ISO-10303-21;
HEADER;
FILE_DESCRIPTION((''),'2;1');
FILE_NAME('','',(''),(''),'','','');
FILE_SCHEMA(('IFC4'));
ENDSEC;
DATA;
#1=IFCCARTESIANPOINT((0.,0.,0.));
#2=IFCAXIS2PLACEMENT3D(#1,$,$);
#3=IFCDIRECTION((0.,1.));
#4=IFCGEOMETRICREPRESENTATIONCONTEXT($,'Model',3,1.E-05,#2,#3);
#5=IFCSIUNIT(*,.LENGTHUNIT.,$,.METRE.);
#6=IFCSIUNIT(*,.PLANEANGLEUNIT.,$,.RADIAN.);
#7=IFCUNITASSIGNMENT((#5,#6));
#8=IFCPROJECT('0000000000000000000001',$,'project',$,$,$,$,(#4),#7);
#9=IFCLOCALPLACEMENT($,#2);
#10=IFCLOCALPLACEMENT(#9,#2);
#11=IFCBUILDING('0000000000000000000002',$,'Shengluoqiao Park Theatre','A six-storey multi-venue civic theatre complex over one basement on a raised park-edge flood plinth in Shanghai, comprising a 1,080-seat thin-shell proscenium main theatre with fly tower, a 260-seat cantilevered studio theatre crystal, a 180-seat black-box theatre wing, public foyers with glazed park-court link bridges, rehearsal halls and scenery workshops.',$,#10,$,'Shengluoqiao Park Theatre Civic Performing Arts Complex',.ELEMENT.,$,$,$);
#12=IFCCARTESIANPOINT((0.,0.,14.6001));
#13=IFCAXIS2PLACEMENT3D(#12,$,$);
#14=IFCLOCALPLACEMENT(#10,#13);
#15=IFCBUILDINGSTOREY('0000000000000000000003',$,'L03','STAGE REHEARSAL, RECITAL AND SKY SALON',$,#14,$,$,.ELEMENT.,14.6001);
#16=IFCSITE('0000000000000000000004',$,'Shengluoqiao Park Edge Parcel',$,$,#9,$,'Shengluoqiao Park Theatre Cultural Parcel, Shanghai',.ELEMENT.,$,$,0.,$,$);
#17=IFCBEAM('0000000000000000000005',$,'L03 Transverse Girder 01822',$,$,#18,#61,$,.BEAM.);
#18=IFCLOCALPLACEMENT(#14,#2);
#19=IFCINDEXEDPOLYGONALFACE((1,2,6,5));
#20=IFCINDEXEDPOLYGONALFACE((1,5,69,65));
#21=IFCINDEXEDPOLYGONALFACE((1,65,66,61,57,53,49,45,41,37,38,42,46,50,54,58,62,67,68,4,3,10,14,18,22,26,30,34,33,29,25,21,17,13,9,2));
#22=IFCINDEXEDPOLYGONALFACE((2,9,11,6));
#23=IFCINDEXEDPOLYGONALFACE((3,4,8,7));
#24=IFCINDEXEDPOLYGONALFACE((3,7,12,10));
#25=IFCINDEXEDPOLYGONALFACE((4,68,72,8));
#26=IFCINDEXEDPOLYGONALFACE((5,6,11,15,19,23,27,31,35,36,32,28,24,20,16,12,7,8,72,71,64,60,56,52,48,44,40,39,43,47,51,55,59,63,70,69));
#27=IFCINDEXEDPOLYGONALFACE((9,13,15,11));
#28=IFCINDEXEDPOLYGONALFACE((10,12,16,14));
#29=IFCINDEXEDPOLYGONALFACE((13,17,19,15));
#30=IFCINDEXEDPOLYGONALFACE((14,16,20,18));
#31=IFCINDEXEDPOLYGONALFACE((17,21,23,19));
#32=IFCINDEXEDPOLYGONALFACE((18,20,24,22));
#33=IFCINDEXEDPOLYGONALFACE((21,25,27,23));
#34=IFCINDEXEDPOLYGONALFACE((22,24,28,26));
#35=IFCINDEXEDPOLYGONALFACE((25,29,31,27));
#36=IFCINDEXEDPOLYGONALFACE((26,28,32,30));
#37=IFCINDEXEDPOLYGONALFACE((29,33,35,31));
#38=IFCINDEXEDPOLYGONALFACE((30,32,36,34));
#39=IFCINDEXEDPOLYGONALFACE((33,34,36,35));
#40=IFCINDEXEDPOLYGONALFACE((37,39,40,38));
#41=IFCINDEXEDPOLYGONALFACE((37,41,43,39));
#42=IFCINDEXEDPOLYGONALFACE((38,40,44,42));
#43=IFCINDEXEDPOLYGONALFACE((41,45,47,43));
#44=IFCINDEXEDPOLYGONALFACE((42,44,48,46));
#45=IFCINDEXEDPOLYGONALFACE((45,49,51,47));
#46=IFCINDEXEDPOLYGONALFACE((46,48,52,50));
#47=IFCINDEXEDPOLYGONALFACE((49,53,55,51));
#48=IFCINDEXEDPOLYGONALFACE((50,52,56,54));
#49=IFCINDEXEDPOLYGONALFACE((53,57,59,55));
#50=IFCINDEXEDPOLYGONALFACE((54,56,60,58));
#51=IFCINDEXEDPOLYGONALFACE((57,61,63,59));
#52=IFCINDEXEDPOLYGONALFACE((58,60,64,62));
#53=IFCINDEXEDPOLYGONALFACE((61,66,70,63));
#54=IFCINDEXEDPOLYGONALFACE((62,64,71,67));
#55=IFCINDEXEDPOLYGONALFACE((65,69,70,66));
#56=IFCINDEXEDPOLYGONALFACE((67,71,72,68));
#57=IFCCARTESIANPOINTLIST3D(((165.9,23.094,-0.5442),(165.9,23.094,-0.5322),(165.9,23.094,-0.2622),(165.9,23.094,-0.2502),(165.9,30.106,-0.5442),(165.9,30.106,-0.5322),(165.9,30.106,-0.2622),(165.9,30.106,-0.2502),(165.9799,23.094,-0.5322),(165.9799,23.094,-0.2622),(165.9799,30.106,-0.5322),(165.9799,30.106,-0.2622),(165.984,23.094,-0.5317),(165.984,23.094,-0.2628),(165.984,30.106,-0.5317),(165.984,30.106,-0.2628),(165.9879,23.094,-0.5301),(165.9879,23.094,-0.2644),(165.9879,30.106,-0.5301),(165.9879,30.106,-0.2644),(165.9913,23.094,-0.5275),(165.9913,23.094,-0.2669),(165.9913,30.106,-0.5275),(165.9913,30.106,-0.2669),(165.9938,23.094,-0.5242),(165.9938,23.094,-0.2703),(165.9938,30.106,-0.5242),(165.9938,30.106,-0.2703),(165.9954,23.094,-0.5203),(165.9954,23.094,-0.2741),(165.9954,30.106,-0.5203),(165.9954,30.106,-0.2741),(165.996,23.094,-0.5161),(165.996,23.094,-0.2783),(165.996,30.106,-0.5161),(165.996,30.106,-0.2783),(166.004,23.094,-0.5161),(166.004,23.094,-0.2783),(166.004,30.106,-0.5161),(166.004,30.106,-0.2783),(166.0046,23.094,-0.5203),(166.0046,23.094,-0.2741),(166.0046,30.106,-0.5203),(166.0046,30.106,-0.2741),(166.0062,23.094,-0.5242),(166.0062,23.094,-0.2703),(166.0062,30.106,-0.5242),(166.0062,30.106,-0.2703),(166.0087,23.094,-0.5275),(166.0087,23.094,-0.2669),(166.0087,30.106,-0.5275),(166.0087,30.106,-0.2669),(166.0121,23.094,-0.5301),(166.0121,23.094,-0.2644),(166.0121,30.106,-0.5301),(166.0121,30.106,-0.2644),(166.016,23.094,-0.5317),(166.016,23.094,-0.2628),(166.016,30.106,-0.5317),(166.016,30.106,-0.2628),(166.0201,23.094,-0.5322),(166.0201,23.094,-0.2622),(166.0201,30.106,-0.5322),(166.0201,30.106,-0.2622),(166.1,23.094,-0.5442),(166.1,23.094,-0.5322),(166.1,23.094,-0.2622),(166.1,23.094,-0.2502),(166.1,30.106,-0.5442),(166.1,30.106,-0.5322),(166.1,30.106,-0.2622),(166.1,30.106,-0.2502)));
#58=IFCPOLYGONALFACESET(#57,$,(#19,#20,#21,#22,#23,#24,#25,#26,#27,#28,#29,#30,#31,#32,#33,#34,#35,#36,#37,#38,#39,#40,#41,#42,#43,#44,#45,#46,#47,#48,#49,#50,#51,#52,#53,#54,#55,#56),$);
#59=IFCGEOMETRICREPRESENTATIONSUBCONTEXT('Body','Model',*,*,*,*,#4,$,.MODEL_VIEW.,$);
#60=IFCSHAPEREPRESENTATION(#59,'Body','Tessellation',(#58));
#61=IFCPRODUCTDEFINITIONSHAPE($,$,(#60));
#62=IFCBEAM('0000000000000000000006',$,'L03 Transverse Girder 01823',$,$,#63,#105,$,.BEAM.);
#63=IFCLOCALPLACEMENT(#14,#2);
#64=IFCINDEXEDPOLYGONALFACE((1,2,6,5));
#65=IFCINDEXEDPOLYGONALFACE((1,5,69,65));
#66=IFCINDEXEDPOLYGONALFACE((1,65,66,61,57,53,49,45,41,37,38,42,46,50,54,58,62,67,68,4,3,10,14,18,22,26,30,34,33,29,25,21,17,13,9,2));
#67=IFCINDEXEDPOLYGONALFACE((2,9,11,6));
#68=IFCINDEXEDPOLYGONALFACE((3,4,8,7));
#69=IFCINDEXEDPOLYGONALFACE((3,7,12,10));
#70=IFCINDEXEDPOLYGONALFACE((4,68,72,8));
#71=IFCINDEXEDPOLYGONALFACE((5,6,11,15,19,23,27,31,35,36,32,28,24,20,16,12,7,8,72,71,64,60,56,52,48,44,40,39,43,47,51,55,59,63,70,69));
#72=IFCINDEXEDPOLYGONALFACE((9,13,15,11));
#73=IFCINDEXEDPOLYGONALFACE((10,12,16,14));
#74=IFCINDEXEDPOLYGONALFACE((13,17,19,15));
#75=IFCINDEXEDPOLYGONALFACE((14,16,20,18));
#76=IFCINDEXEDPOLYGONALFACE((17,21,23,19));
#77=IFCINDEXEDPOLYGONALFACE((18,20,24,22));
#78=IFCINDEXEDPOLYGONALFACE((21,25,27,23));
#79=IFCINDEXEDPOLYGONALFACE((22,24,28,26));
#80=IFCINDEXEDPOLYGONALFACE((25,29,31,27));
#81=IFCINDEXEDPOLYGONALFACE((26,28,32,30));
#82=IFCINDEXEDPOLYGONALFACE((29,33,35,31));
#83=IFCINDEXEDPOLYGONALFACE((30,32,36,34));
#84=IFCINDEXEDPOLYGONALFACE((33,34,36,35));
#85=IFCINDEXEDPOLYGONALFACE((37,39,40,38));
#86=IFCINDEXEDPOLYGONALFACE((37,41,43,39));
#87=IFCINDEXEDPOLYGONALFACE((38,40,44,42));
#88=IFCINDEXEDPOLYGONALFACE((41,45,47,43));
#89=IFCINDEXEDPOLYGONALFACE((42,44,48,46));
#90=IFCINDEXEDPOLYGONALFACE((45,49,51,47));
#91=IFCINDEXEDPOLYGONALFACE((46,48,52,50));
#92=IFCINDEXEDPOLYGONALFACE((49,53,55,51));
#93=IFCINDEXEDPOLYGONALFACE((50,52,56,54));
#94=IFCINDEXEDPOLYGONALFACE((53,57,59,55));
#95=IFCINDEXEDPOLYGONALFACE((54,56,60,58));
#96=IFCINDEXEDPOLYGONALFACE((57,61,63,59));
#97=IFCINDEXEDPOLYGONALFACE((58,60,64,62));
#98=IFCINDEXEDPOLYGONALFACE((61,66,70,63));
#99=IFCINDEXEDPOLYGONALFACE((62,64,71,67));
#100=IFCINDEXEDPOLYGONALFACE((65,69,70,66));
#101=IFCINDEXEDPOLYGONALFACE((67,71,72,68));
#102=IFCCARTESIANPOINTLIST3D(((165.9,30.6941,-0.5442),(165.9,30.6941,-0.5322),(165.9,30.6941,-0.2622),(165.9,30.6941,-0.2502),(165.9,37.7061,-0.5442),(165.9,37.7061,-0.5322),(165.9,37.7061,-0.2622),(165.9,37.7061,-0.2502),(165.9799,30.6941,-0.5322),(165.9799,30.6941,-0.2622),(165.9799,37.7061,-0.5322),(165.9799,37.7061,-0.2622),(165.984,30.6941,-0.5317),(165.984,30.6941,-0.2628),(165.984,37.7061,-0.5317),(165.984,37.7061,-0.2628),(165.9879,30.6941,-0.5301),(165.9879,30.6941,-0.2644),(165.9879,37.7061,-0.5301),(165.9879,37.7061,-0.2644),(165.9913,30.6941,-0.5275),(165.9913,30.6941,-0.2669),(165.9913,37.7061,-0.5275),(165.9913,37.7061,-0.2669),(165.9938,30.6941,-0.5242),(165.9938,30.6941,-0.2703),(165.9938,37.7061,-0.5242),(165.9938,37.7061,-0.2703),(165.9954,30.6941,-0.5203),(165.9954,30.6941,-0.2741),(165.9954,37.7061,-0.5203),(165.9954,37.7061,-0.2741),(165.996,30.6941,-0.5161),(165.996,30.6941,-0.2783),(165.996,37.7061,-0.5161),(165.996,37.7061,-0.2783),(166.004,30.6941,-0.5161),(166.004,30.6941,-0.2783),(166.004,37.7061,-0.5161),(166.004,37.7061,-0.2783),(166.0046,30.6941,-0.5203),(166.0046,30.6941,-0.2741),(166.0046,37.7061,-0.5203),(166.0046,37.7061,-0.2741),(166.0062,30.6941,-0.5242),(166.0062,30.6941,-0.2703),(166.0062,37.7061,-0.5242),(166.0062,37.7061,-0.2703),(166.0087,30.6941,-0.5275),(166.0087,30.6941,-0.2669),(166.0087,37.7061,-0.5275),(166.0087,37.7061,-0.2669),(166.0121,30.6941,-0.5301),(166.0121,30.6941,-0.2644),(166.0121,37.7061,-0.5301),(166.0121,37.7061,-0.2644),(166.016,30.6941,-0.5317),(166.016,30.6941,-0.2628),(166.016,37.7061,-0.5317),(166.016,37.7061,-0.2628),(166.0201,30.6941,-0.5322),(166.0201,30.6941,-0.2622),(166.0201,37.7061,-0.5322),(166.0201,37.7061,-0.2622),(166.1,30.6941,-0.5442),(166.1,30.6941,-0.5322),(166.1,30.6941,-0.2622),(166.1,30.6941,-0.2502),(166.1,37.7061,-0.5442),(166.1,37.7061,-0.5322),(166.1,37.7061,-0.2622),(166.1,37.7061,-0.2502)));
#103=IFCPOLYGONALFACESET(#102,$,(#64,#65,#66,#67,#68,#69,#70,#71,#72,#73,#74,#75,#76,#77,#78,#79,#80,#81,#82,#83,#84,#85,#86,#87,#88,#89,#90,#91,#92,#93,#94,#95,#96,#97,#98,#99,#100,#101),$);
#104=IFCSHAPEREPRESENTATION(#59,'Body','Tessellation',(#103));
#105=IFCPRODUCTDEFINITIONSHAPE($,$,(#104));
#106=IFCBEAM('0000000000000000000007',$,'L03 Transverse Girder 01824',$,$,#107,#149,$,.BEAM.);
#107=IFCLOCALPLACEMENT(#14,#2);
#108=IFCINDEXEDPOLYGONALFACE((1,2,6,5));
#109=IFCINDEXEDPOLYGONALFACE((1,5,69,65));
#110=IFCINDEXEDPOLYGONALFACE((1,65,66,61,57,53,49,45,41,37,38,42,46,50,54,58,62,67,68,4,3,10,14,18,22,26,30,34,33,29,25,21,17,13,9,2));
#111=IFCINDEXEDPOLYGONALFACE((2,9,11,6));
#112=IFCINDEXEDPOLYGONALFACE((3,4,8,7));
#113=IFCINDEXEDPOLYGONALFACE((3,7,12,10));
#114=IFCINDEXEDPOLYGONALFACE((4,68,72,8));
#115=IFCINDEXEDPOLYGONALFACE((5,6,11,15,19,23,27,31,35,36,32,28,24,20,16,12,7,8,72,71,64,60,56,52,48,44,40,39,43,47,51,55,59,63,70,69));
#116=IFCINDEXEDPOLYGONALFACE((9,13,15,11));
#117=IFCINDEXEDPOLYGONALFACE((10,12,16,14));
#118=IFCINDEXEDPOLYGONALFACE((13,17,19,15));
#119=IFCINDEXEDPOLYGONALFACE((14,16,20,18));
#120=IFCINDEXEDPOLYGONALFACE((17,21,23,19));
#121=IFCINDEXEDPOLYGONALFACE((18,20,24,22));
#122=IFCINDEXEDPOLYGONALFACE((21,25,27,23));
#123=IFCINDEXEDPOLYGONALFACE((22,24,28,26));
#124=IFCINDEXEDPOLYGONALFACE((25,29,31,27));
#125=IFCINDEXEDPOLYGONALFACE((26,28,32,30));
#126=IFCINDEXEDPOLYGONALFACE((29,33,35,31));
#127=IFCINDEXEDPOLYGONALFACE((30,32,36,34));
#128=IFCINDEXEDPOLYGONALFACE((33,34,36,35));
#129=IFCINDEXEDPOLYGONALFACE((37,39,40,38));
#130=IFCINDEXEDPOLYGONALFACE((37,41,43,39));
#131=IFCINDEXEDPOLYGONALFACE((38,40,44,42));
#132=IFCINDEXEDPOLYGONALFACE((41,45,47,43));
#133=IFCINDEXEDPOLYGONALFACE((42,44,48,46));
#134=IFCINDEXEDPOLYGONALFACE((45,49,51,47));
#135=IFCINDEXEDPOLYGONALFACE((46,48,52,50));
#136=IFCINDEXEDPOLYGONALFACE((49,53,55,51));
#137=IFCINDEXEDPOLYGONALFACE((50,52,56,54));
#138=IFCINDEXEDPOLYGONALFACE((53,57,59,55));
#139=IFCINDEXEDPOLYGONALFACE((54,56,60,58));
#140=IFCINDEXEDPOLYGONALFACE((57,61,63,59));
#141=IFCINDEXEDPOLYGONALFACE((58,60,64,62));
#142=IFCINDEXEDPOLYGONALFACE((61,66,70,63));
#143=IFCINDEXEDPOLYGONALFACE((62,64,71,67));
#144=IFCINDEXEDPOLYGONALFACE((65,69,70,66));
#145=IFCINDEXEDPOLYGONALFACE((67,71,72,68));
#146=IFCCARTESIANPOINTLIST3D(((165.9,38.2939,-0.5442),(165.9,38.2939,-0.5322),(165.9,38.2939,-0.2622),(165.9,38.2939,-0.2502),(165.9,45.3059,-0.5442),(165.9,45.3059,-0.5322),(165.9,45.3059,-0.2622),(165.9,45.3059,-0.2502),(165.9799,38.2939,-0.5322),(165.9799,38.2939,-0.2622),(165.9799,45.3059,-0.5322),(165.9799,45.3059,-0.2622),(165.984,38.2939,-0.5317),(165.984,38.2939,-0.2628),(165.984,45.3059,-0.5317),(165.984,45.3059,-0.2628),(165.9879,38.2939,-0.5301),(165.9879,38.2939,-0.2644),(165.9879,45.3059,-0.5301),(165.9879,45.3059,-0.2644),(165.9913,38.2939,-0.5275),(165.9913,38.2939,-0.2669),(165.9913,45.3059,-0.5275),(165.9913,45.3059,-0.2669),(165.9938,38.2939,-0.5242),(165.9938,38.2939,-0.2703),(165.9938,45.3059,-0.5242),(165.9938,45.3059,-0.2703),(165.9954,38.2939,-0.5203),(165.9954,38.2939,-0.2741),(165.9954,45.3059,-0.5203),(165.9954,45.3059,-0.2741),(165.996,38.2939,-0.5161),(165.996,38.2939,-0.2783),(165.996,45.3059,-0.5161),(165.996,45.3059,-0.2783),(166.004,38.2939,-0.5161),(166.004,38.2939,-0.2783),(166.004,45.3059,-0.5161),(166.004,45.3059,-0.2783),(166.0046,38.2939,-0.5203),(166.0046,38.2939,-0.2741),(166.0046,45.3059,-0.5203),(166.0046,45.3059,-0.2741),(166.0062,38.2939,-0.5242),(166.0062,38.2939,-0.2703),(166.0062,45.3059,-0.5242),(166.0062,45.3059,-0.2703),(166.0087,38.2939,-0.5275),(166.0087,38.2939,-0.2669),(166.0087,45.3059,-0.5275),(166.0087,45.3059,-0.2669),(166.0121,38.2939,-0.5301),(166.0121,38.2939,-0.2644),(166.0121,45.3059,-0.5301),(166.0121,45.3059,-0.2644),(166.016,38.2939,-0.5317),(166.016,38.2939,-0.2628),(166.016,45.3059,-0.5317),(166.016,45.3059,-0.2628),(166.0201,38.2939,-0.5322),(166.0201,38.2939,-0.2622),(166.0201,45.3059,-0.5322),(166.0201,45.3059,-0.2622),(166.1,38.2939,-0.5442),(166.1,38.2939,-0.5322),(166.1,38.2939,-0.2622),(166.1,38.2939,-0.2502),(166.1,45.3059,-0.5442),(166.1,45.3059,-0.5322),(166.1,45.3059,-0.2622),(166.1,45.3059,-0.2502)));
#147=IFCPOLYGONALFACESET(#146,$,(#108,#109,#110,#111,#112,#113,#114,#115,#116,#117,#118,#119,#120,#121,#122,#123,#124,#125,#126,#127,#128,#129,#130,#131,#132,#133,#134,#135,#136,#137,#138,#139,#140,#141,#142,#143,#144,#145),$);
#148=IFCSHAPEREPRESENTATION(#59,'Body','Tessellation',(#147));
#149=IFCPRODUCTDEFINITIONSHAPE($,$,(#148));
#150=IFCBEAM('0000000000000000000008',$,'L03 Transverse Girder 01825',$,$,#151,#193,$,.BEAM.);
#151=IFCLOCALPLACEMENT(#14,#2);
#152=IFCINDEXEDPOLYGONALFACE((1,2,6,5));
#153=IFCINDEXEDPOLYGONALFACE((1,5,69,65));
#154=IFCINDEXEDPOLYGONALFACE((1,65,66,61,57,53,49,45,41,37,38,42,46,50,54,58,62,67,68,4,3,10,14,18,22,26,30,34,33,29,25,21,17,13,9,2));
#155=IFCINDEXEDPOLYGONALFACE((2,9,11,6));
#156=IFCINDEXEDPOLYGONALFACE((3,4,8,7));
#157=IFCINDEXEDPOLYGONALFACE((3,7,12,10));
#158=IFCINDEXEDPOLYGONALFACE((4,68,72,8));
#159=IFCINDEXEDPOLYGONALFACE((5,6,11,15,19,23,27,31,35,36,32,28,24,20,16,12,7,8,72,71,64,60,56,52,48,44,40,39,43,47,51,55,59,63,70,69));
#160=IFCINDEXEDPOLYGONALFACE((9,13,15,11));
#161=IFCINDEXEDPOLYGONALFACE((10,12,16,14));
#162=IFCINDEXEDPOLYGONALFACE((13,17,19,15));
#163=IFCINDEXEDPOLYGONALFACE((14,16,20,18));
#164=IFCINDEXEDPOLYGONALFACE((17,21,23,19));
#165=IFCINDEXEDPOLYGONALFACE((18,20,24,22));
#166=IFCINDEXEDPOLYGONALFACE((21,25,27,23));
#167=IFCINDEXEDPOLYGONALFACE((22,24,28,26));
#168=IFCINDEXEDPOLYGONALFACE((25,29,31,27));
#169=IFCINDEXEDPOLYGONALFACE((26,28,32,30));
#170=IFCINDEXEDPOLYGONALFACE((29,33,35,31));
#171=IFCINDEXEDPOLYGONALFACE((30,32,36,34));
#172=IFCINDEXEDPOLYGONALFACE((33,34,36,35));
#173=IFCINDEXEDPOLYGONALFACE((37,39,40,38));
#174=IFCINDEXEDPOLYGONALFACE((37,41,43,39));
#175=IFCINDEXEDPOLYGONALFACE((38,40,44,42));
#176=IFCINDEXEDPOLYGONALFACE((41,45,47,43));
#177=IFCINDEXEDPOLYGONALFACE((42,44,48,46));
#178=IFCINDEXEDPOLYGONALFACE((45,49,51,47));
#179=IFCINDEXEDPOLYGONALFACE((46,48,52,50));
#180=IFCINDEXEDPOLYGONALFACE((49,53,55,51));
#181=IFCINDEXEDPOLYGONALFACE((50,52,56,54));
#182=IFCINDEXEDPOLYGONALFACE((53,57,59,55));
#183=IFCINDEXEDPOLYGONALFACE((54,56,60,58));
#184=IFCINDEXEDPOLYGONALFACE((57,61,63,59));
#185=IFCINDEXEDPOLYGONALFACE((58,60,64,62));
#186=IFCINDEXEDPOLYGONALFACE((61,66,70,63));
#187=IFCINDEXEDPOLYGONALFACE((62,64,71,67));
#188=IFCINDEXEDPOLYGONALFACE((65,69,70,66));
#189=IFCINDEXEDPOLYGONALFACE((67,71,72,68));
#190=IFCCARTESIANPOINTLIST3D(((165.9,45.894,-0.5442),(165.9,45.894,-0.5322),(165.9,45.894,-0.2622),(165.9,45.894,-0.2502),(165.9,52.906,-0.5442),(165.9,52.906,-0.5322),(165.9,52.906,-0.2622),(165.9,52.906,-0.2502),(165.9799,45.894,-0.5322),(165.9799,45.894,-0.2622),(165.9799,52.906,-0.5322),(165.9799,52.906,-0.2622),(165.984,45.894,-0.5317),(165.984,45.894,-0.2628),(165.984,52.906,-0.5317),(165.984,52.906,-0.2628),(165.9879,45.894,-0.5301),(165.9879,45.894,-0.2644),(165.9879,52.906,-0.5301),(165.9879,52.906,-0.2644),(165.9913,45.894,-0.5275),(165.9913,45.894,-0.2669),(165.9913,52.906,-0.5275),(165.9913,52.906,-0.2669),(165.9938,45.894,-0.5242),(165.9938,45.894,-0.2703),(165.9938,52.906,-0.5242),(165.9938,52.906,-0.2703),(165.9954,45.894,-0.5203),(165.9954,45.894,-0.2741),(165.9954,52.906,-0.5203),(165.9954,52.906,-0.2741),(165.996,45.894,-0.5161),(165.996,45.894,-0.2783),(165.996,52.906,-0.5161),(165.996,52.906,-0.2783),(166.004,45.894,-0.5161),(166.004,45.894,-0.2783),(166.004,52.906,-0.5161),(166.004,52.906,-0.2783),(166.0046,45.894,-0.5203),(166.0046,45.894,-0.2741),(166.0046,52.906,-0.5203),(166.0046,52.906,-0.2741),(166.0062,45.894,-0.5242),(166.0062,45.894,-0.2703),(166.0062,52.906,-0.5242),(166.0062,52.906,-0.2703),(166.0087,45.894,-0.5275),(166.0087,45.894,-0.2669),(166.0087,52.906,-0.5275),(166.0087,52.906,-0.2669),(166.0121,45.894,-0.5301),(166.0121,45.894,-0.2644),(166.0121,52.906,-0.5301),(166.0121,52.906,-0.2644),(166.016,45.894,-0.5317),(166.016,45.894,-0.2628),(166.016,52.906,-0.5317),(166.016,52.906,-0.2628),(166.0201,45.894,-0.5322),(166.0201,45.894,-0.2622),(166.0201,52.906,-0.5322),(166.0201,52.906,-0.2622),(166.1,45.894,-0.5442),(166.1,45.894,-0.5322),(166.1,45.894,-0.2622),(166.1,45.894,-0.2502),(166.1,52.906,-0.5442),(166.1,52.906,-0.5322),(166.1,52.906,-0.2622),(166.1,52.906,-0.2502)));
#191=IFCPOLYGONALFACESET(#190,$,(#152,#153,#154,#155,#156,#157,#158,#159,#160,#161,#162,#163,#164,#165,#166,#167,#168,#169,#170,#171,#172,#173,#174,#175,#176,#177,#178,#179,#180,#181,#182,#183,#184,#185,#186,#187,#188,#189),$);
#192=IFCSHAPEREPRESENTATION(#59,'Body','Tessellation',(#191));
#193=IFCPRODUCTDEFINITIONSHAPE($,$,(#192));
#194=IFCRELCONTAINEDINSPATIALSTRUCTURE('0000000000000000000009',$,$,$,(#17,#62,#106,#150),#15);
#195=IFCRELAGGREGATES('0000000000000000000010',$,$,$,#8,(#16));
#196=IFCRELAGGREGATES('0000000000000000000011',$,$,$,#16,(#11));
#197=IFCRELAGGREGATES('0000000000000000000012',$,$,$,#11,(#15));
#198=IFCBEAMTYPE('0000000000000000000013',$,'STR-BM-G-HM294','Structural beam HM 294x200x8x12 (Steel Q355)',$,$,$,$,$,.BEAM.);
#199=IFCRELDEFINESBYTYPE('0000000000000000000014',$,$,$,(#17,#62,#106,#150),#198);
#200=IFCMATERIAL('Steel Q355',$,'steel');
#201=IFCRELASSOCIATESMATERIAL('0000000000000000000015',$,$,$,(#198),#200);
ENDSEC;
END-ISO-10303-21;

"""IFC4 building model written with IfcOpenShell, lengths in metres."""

from ifc_helpers import new_model, si_unit, direction, frame, origin, origin_2d, place, context, subcontext, project, spatial, i_section, extrude, material, material_profile, profile_set, type_object, element, save


model = new_model("IFC4")

# Units and contexts
model_context = context("Model", 3, precision=1e-05, world=origin(), true_north=direction((0.0, 1.0)))
body_context = subcontext(model_context, "Body", "Model", "MODEL_VIEW")
ifc_project = project(units=[si_unit("LENGTHUNIT", "METRE"), si_unit("PLANEANGLEUNIT", "RADIAN")], contexts=[model_context])

# Site, building, storey
site_placement = place(None, origin())
site = spatial("IfcSite", under=ifc_project, at=site_placement, Name="Shengluoqiao Park Edge Parcel", LongName="Shengluoqiao Park Theatre Cultural Parcel, Shanghai", CompositionType="ELEMENT", RefElevation=0.0)
building_placement = place(site_placement, origin())
building = spatial("IfcBuilding", under=site, at=building_placement, Name="Shengluoqiao Park Theatre", Description="A six-storey multi-venue civic theatre complex over one basement on a raised park-edge flood plinth in Shanghai, comprising a 1,080-seat thin-shell proscenium main theatre with fly tower, a 260-seat cantilevered studio theatre crystal, a 180-seat black-box theatre wing, public foyers with glazed park-court link bridges, rehearsal halls and scenery workshops.", LongName="Shengluoqiao Park Theatre Civic Performing Arts Complex", CompositionType="ELEMENT")
storey_placement = place(building_placement, frame((0.0, 0.0, 14.6001)))
storey = spatial("IfcBuildingStorey", under=building, at=storey_placement, Name="L03", Description="STAGE REHEARSAL, RECITAL AND SKY SALON", CompositionType="ELEMENT", Elevation=14.6001)

# Beams
ifc_material_1 = material(Name="Steel Q355", Category="steel")
ifc_material_profile_1 = material_profile(ifc_material_1, i_section(OverallWidth=0.2, OverallDepth=0.2939, WebThickness=0.0081, FlangeThickness=0.012, FilletRadius=0.0161, at=origin_2d()), Name="HM 294x200x8x12")
ifc_profile_set_1 = profile_set([ifc_material_profile_1], Name="Steel Q355")
beam_type_1 = type_object("IfcBeamType", Name="STR-BM-G-HM294", Description="Structural beam HM 294x200x8x12 (Steel Q355)", PredefinedType="BEAM", material=ifc_profile_set_1)
for number, where, z_axis, x_axis, name in (
    (1, (166.0, 23.094, -0.3972), (0.0, 1.0, 0.0), (-1.0, 0.0, 0.0), "L03 Transverse Girder 01822"),
    (2, (166.0, 30.6941, -0.3972), (0.0, 1.0, 0.0), (-1.0, 0.0, 0.0), "L03 Transverse Girder 01823"),
    (3, (166.0, 38.2939, -0.3972), (0.0, 1.0, 0.0), (-1.0, 0.0, 0.0), "L03 Transverse Girder 01824"),
    (4, (166.0, 45.894, -0.3972), (0.0, 1.0, 0.0), (-1.0, 0.0, 0.0), "L03 Transverse Girder 01825"),
):
    element("IfcBeam", number, at=place(storey_placement, frame(where, z_axis=z_axis, x_axis=x_axis)), inside=storey, type_object=beam_type_1, Name=name, PredefinedType="BEAM", context=body_context, shape_type="SweptSolid", body=[
        extrude(i_section(OverallWidth=0.2, OverallDepth=0.2939, WebThickness=0.0081, FlangeThickness=0.012, FilletRadius=0.0161, at=origin_2d()), origin(), (0.0, 0.0, 1.0), 7.012),
    ])

save(model, "model.ifc")
